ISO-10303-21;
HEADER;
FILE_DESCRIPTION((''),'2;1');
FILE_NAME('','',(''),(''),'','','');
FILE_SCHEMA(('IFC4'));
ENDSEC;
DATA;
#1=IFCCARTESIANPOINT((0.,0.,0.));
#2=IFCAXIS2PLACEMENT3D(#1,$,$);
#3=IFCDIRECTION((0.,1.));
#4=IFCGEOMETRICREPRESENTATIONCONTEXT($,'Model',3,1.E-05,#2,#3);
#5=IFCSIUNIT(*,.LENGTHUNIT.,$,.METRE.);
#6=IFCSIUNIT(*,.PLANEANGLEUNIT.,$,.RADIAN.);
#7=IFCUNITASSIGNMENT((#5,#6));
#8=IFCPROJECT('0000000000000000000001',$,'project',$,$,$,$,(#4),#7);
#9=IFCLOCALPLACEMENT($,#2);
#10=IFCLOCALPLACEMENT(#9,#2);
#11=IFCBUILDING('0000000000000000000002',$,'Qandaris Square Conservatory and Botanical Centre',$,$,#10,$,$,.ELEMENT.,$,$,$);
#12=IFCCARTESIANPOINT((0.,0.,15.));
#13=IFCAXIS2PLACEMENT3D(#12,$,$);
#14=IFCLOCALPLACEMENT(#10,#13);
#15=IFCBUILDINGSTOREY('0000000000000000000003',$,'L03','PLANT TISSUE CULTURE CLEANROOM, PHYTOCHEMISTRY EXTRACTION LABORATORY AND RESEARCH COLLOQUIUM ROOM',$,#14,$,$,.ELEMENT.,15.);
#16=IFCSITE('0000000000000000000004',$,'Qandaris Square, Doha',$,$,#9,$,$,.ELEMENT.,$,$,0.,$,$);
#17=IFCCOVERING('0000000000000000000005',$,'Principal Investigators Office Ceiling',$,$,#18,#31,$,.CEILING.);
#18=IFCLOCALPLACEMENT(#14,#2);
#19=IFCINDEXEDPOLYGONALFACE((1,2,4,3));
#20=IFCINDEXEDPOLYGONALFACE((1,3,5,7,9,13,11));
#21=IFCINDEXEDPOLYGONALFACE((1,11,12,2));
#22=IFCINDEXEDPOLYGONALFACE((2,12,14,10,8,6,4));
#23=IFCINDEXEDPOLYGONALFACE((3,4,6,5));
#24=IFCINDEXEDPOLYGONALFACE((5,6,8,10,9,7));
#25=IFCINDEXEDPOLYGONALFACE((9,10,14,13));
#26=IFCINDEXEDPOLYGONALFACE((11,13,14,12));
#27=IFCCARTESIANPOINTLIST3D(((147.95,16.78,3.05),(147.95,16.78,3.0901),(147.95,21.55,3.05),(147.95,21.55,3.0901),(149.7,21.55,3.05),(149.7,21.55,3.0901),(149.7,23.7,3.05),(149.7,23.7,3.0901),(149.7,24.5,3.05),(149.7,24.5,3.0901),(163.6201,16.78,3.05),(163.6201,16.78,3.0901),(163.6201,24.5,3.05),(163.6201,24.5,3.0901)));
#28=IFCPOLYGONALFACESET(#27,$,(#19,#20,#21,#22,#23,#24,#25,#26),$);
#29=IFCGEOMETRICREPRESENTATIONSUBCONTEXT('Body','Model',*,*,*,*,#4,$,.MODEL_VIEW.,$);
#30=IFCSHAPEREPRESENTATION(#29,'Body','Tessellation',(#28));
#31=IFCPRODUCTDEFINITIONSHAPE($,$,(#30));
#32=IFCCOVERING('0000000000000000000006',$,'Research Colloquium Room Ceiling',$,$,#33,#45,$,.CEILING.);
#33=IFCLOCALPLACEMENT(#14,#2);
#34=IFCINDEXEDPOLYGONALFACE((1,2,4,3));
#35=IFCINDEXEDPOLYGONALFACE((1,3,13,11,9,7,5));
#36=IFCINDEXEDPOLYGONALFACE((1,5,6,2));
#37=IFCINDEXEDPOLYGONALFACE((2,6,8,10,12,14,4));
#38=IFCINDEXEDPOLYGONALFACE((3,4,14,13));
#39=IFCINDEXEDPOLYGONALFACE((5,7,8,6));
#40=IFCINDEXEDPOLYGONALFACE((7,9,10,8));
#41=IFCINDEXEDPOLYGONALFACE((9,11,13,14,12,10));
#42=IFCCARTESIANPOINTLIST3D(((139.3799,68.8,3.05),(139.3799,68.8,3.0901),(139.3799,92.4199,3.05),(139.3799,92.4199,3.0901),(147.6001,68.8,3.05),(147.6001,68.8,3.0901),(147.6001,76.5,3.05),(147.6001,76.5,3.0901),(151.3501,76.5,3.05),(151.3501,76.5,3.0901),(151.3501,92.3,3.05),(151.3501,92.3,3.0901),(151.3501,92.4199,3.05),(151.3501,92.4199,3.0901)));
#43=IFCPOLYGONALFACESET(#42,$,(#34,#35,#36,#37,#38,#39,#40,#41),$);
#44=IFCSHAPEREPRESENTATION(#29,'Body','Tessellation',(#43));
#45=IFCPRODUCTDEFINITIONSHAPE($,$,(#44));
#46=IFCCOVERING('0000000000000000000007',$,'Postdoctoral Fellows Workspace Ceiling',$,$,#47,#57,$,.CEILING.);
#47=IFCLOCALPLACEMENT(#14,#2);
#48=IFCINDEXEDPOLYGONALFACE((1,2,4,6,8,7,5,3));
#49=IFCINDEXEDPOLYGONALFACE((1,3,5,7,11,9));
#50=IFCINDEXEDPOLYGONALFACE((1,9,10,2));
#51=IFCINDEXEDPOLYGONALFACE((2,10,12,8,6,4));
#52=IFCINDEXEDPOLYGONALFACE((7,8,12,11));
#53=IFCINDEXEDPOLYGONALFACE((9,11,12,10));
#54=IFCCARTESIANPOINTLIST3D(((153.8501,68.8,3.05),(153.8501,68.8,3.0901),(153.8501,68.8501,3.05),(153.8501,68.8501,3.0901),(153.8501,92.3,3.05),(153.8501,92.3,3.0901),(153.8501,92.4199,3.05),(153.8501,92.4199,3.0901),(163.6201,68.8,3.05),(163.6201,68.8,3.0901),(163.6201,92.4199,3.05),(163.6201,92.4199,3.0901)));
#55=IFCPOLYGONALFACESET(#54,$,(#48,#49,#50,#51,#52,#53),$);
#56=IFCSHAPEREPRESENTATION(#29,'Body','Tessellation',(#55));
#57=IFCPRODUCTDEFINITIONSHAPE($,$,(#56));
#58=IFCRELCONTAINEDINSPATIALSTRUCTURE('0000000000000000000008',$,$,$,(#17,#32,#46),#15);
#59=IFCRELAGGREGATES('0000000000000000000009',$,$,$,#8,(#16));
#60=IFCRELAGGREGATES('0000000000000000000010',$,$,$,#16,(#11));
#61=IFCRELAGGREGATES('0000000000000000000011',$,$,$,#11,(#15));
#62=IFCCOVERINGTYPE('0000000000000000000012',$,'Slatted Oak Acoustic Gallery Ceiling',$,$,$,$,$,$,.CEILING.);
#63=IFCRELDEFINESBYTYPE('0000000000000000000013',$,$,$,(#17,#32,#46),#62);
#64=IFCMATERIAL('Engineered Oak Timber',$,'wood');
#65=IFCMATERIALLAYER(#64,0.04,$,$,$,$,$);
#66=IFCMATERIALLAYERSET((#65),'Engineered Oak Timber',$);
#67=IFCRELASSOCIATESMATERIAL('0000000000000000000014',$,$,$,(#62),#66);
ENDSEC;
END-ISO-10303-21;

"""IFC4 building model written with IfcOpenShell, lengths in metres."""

from ifc_helpers import new_model, si_unit, direction, frame, origin, place, context, subcontext, project, spatial, polyline, outline, extrude, material, layer, layer_set, type_object, element, save


model = new_model("IFC4")

# Units and contexts
model_context = context("Model", 3, precision=1e-05, world=origin(), true_north=direction((0.0, 1.0)))
body_context = subcontext(model_context, "Body", "Model", "MODEL_VIEW")
ifc_project = project(units=[si_unit("LENGTHUNIT", "METRE"), si_unit("PLANEANGLEUNIT", "RADIAN")], contexts=[model_context])

# Site, building, storey
site_placement = place(None, origin())
site = spatial("IfcSite", under=ifc_project, at=site_placement, Name="Qandaris Square, Doha", CompositionType="ELEMENT", RefElevation=0.0)
building_placement = place(site_placement, origin())
building = spatial("IfcBuilding", under=site, at=building_placement, Name="Qandaris Square Conservatory and Botanical Centre", CompositionType="ELEMENT")
storey_placement = place(building_placement, frame((0.0, 0.0, 15.0)))
storey = spatial("IfcBuildingStorey", under=building, at=storey_placement, Name="L03", Description="PLANT TISSUE CULTURE CLEANROOM, PHYTOCHEMISTRY EXTRACTION LABORATORY AND RESEARCH COLLOQUIUM ROOM", CompositionType="ELEMENT", Elevation=15.0)

# Coverings
ifc_material_1 = material(Name="Engineered Oak Timber", Category="wood")
ifc_layer_1 = layer(ifc_material_1, 0.04)
ifc_layer_set_1 = layer_set([ifc_layer_1], Name="Engineered Oak Timber")
covering_type_1 = type_object("IfcCoveringType", Name="Slatted Oak Acoustic Gallery Ceiling", PredefinedType="CEILING", material=ifc_layer_set_1)
covering_1_placement = place(storey_placement, frame((0.0, 0.0, 3.05)))
element("IfcCovering", 1, at=covering_1_placement, inside=storey, type_object=covering_type_1, Name="Principal Investigators Office Ceiling", PredefinedType="CEILING", context=body_context, shape_type="SweptSolid", body=[
    extrude(outline(polyline([(147.95, 21.55), (149.7, 21.55), (149.7, 23.7), (149.7, 24.5), (163.6201, 24.5), (163.6201, 16.78), (147.95, 16.78), (147.95, 21.55)])), origin(), (0.0, 0.0, 1.0), 0.04),
])
covering_2_placement = place(storey_placement, frame((0.0, 0.0, 3.05)))
element("IfcCovering", 2, at=covering_2_placement, inside=storey, type_object=covering_type_1, Name="Research Colloquium Room Ceiling", PredefinedType="CEILING", context=body_context, shape_type="SweptSolid", body=[
    extrude(outline(polyline([(151.3501, 92.3), (151.3501, 76.5), (147.6001, 76.5), (147.6001, 68.8), (139.3799, 68.8), (139.3799, 92.4199), (151.3501, 92.4199), (151.3501, 92.3)])), origin(), (0.0, 0.0, 1.0), 0.04),
])
covering_3_placement = place(storey_placement, frame((0.0, 0.0, 3.05)))
element("IfcCovering", 3, at=covering_3_placement, inside=storey, type_object=covering_type_1, Name="Postdoctoral Fellows Workspace Ceiling", PredefinedType="CEILING", context=body_context, shape_type="SweptSolid", body=[
    extrude(outline(polyline([(153.8501, 68.8), (153.8501, 68.8501), (153.8501, 92.3), (153.8501, 92.4199), (163.6201, 92.4199), (163.6201, 68.8), (153.8501, 68.8)])), origin(), (0.0, 0.0, 1.0), 0.04),
])

save(model, "model.ifc")
